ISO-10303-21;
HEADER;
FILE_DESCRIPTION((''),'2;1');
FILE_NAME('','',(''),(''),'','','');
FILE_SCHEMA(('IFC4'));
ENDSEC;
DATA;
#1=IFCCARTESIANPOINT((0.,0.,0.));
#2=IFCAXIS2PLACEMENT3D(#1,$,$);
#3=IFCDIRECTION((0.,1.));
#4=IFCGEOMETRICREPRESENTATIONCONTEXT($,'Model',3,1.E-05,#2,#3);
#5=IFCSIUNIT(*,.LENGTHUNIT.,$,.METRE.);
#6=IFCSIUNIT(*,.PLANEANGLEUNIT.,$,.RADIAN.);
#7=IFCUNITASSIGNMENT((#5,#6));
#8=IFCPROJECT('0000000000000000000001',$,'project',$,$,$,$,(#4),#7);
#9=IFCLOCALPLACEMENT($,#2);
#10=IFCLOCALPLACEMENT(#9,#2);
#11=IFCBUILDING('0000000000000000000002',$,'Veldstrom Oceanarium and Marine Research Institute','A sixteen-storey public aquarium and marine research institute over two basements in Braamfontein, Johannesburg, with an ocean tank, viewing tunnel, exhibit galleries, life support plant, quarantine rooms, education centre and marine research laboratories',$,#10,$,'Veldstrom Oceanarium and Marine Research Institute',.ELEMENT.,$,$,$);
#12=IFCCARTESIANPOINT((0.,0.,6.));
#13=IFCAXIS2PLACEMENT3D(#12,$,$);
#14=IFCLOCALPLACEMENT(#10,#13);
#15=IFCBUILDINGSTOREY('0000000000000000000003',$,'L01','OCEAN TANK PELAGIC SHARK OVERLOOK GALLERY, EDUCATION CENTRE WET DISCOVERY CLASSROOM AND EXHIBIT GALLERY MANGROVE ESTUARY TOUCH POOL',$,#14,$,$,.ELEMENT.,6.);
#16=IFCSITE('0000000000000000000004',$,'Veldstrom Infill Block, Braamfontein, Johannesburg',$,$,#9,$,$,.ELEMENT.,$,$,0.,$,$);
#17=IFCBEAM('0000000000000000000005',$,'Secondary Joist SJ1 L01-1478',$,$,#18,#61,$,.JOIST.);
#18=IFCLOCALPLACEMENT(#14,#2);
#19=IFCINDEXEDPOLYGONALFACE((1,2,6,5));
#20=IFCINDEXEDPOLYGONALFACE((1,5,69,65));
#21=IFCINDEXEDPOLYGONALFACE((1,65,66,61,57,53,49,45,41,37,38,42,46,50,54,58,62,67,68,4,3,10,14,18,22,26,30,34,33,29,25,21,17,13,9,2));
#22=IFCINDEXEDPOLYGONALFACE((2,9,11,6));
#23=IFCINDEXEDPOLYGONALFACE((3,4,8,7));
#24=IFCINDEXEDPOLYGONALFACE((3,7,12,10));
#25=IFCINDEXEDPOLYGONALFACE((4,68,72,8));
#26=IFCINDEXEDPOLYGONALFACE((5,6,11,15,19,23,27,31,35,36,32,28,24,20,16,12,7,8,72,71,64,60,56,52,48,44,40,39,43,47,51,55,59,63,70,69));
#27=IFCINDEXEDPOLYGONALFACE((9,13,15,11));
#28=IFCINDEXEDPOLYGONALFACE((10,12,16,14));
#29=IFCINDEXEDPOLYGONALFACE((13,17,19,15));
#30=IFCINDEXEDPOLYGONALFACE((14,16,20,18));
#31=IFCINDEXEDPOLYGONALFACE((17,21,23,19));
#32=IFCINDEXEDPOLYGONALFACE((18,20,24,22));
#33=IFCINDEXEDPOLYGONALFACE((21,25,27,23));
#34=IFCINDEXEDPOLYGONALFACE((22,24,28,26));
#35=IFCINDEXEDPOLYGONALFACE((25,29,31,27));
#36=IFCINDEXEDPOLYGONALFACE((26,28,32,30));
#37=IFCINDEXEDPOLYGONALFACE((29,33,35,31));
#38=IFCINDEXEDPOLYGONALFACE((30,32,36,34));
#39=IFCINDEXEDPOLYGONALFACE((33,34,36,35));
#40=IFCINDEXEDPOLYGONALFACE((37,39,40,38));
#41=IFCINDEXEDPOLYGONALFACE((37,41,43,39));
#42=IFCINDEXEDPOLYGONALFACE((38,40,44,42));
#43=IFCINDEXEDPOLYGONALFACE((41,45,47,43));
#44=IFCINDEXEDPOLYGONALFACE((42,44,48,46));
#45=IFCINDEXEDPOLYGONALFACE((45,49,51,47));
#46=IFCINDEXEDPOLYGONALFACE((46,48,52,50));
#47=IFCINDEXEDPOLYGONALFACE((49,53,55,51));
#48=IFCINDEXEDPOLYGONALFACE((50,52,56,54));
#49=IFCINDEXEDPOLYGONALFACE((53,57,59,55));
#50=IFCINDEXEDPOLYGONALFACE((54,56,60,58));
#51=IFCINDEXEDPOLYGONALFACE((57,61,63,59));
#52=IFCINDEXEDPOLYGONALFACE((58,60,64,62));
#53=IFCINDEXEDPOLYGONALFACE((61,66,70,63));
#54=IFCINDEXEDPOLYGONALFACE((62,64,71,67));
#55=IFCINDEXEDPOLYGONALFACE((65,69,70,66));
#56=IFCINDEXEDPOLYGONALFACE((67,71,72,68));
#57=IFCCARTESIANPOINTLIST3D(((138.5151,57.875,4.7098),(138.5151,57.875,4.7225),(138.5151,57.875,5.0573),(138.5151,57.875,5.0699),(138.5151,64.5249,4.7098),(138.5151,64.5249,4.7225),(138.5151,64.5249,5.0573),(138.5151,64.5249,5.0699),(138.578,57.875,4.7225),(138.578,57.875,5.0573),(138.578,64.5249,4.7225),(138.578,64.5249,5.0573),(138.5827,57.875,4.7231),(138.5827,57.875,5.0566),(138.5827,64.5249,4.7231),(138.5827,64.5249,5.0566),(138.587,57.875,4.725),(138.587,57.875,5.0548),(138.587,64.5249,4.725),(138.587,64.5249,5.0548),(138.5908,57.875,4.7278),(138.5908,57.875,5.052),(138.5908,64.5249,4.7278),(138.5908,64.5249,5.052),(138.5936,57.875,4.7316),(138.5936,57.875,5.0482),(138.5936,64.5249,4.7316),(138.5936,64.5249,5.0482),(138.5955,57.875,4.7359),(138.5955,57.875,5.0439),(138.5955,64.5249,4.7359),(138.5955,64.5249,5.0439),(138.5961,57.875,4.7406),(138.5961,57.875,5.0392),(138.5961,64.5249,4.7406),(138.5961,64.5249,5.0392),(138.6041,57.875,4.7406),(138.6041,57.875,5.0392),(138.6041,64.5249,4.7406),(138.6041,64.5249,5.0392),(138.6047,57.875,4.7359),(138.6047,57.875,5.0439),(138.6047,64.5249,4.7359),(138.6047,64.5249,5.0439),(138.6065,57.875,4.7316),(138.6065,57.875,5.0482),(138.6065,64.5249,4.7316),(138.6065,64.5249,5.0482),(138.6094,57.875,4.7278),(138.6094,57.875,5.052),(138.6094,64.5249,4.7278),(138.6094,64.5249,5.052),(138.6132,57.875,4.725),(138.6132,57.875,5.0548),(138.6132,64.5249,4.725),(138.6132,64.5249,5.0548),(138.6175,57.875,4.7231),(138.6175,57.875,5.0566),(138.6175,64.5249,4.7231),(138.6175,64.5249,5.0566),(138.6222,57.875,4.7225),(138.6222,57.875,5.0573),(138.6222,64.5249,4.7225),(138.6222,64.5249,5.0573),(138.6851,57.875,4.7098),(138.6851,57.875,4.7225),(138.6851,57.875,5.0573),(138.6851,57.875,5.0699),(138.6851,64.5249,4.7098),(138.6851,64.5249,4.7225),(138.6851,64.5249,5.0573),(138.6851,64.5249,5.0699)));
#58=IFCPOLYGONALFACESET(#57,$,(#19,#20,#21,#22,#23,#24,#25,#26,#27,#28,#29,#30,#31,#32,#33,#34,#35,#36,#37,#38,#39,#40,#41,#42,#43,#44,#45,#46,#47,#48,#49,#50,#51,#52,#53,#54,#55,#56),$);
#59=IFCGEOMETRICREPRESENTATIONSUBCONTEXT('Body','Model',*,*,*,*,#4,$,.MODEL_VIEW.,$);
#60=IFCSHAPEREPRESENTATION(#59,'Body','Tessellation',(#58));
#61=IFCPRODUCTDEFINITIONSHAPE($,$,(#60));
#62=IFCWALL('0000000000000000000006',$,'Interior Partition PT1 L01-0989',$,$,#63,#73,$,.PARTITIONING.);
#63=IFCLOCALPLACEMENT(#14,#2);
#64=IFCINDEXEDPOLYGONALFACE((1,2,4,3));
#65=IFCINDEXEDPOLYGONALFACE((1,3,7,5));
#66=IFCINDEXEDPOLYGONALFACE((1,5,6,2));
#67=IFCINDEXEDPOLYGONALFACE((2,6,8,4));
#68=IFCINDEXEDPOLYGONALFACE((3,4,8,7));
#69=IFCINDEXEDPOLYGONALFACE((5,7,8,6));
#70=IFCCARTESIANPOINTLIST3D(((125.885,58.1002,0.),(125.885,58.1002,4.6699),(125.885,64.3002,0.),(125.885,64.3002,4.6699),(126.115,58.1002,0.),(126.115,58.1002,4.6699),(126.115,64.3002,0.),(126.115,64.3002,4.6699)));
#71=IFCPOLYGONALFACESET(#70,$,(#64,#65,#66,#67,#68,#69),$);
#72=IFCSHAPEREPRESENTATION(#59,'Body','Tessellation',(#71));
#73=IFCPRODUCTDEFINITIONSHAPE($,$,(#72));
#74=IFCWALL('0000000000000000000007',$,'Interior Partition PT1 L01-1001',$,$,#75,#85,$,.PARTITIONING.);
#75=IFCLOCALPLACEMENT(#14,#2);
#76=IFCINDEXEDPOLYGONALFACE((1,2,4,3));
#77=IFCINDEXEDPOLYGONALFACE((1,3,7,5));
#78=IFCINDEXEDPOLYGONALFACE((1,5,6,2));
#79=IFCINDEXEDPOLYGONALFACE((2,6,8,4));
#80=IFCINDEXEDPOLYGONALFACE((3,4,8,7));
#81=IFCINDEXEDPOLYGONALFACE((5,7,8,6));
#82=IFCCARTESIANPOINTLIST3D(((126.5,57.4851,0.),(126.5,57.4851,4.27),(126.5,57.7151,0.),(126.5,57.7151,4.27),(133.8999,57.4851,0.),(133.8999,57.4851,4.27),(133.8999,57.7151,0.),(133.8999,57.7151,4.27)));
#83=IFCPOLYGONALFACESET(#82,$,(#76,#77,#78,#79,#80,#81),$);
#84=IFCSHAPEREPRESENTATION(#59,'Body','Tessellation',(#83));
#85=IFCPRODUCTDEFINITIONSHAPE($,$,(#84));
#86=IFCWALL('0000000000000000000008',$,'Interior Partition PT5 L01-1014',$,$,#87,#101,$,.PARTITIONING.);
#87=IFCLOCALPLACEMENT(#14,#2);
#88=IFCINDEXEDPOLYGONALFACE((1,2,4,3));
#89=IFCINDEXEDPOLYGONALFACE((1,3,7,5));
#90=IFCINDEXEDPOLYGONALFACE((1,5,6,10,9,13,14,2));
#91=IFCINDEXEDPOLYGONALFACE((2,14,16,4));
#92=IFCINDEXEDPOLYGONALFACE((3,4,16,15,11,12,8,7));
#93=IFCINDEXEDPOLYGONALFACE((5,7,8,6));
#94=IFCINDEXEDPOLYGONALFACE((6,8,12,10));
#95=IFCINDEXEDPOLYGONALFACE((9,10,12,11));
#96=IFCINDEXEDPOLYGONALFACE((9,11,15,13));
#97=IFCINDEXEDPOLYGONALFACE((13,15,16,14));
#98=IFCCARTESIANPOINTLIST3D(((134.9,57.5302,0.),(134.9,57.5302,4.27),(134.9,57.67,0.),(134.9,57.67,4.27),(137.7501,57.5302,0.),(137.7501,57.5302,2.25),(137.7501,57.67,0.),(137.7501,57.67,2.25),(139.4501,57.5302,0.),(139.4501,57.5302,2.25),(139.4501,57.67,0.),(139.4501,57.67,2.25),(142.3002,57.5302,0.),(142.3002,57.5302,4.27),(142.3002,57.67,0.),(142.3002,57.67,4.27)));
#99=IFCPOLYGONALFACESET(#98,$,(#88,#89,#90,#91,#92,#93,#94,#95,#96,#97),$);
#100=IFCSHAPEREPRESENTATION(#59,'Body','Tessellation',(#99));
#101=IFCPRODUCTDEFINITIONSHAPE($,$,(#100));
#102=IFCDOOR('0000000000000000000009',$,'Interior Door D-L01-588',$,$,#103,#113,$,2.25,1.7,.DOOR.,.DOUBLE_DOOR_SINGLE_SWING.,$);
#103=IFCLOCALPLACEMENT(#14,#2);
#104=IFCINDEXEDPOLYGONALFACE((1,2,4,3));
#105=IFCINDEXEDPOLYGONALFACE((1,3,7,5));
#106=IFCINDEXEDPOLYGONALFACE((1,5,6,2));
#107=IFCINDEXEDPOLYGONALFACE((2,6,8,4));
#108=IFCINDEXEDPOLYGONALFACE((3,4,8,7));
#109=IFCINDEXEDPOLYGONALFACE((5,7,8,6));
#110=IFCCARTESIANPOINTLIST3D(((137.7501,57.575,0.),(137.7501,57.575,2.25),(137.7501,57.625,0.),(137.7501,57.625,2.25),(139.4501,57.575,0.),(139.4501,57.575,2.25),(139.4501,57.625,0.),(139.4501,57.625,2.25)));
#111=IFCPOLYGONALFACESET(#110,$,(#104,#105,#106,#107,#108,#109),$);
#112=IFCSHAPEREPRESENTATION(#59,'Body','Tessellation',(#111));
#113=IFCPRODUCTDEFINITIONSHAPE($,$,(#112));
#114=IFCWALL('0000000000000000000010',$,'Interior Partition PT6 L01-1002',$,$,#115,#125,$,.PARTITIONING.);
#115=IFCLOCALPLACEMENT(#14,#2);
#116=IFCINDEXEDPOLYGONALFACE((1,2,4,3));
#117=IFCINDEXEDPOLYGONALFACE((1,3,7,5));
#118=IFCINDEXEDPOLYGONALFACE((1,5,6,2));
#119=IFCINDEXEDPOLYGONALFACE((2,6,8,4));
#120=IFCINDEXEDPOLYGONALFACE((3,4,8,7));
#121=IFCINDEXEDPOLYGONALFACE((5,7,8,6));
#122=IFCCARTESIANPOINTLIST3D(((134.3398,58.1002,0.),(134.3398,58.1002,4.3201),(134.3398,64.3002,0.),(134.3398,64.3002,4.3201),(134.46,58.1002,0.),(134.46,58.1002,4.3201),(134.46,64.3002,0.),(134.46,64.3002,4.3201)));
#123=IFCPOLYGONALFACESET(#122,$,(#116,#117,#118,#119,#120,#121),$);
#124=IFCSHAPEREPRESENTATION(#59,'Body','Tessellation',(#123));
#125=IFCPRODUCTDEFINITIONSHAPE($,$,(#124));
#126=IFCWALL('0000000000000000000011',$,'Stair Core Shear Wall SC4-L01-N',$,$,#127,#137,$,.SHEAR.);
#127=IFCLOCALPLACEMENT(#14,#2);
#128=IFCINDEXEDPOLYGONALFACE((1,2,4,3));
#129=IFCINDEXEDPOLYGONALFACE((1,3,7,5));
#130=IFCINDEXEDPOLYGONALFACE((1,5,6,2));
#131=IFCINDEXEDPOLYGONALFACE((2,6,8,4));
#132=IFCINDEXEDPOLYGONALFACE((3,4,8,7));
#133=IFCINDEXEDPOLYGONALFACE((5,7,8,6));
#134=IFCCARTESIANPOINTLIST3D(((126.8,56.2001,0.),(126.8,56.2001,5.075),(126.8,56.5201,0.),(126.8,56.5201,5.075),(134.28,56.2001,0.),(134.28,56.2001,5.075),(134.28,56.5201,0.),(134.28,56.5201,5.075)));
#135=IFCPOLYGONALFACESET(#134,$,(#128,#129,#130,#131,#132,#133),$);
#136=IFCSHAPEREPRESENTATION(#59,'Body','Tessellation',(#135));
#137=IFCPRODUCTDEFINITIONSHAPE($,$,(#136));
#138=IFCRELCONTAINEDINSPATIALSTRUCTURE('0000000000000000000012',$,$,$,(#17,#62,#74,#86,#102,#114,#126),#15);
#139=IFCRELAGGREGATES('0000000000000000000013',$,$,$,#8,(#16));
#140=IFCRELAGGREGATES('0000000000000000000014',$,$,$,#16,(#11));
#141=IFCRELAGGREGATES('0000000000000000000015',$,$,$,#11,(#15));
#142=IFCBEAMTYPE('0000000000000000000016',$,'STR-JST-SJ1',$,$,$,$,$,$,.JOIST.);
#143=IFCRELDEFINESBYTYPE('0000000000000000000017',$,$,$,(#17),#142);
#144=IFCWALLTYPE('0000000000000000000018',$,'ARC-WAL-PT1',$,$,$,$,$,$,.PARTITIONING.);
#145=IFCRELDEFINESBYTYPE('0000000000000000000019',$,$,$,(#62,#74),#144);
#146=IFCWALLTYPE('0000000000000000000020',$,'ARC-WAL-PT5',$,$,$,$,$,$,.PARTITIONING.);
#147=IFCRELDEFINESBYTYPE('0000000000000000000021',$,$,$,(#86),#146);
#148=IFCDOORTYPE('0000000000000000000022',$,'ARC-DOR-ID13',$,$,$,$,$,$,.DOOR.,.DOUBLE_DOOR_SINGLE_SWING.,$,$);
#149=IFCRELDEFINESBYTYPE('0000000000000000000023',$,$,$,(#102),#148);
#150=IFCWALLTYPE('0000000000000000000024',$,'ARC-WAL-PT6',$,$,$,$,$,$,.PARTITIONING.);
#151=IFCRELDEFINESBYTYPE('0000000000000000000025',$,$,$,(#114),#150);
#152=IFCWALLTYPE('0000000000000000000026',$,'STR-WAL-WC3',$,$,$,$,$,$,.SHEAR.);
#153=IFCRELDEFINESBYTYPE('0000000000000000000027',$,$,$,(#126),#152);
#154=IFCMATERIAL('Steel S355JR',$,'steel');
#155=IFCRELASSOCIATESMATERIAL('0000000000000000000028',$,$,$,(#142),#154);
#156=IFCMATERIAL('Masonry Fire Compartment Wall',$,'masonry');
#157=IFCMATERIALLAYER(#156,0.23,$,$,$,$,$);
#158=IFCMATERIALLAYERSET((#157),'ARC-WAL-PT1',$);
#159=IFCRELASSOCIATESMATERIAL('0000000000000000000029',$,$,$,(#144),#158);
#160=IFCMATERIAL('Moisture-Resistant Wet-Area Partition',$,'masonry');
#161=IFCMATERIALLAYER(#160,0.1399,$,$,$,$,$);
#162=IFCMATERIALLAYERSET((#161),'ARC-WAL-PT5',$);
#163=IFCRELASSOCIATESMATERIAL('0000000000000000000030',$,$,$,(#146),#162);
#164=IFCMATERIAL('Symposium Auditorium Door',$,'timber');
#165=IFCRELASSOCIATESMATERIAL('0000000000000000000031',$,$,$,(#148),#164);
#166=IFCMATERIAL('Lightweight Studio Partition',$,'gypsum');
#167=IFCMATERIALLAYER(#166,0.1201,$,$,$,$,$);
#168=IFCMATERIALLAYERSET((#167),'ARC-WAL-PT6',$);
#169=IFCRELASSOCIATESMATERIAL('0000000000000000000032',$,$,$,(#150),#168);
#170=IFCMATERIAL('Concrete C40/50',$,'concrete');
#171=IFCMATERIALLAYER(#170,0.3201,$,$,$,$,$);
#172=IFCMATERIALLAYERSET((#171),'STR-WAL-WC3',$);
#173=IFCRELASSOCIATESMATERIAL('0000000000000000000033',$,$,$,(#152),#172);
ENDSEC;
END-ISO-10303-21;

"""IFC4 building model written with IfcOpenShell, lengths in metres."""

from ifc_helpers import new_model, si_unit, direction, frame, frame_2d, origin, origin_2d, place, context, subcontext, project, spatial, rectangle, i_section, extrude, material, layer, layer_set, material_profile, profile_set, type_object, element, fill, save


model = new_model("IFC4")

# Units and contexts
model_context = context("Model", 3, precision=1e-05, world=origin(), true_north=direction((0.0, 1.0)))
body_context = subcontext(model_context, "Body", "Model", "MODEL_VIEW")
ifc_project = project(units=[si_unit("LENGTHUNIT", "METRE"), si_unit("PLANEANGLEUNIT", "RADIAN")], contexts=[model_context])

# Site, building, storey
site_placement = place(None, origin())
site = spatial("IfcSite", under=ifc_project, at=site_placement, Name="Veldstrom Infill Block, Braamfontein, Johannesburg", CompositionType="ELEMENT", RefElevation=0.0)
building_placement = place(site_placement, origin())
building = spatial("IfcBuilding", under=site, at=building_placement, Name="Veldstrom Oceanarium and Marine Research Institute", Description="A sixteen-storey public aquarium and marine research institute over two basements in Braamfontein, Johannesburg, with an ocean tank, viewing tunnel, exhibit galleries, life support plant, quarantine rooms, education centre and marine research laboratories", LongName="Veldstrom Oceanarium and Marine Research Institute", CompositionType="ELEMENT")
storey_placement = place(building_placement, frame((0.0, 0.0, 6.0)))
storey = spatial("IfcBuildingStorey", under=building, at=storey_placement, Name="L01", Description="OCEAN TANK PELAGIC SHARK OVERLOOK GALLERY, EDUCATION CENTRE WET DISCOVERY CLASSROOM AND EXHIBIT GALLERY MANGROVE ESTUARY TOUCH POOL", CompositionType="ELEMENT", Elevation=6.0)

# Beam
ifc_material_1 = material(Name="Steel S355JR", Category="steel")
ifc_material_profile_1 = material_profile(ifc_material_1, i_section(OverallWidth=0.1699, OverallDepth=0.3601, WebThickness=0.0081, FlangeThickness=0.0127, FilletRadius=0.0181, at=origin_2d()), Name="IPE 360")
ifc_profile_set_1 = profile_set([ifc_material_profile_1], Name="Steel S355JR")
beam_type_1 = type_object("IfcBeamType", Name="STR-JST-SJ1", PredefinedType="JOIST", material=ifc_profile_set_1)
beam_1_placement = place(storey_placement, frame((138.6001, 57.875, 4.8899), z_axis=(0.0, 1.0, 0.0), x_axis=(-1.0, 0.0, 0.0)))
element("IfcBeam", 1, at=beam_1_placement, inside=storey, type_object=beam_type_1, Name="Secondary Joist SJ1 L01-1478", PredefinedType="JOIST", context=body_context, shape_type="SweptSolid", body=[
    extrude(i_section(OverallWidth=0.1699, OverallDepth=0.3601, WebThickness=0.0081, FlangeThickness=0.0127, FilletRadius=0.0181, at=origin_2d()), origin(), (0.0, 0.0, 1.0), 6.6499),
])

# Walls
ifc_material_2 = material(Name="Masonry Fire Compartment Wall", Category="masonry")
ifc_layer_1 = layer(ifc_material_2, 0.23)
ifc_layer_set_1 = layer_set([ifc_layer_1], Name="ARC-WAL-PT1")
wall_type_1 = type_object("IfcWallType", Name="ARC-WAL-PT1", PredefinedType="PARTITIONING", material=ifc_layer_set_1)
wall_1_placement = place(storey_placement, frame((126.0, 58.1001, 0.0), z_axis=(0.0, 0.0, 1.0), x_axis=(0.0, 1.0, 0.0)))
element("IfcWall", 2, at=wall_1_placement, inside=storey, type_object=wall_type_1, Name="Interior Partition PT1 L01-0989", PredefinedType="PARTITIONING", context=body_context, shape_type="SweptSolid", body=[
    extrude(rectangle(XDim=6.2, YDim=0.23, at=frame_2d((3.1001, 0.0))), origin(), (0.0, 0.0, 1.0), 4.6699),
])
wall_2_placement = place(storey_placement, frame((126.5, 57.6001, 0.0), z_axis=(0.0, 0.0, 1.0), x_axis=(1.0, 0.0, 0.0)))
element("IfcWall", 3, at=wall_2_placement, inside=storey, type_object=wall_type_1, Name="Interior Partition PT1 L01-1001", PredefinedType="PARTITIONING", context=body_context, shape_type="SweptSolid", body=[
    extrude(rectangle(XDim=7.3999, YDim=0.23, at=frame_2d((3.7, 0.0))), origin(), (0.0, 0.0, 1.0), 4.27),
])

# Wall, opening, door
ifc_material_3 = material(Name="Moisture-Resistant Wet-Area Partition", Category="masonry")
ifc_layer_2 = layer(ifc_material_3, 0.1399)
ifc_layer_set_2 = layer_set([ifc_layer_2], Name="ARC-WAL-PT5")
wall_type_2 = type_object("IfcWallType", Name="ARC-WAL-PT5", PredefinedType="PARTITIONING", material=ifc_layer_set_2)
wall_3_placement = place(storey_placement, frame((134.8999, 57.6001, 0.0), z_axis=(0.0, 0.0, 1.0), x_axis=(1.0, 0.0, 0.0)))
wall_3 = element("IfcWall", 4, at=wall_3_placement, inside=storey, type_object=wall_type_2, Name="Interior Partition PT5 L01-1014", PredefinedType="PARTITIONING", context=body_context, shape_type="SweptSolid", body=[
    extrude(rectangle(XDim=7.4001, YDim=0.1399, at=frame_2d((3.7002, 0.0))), origin(), (0.0, 0.0, 1.0), 4.27),
])
opening_placement = place(wall_3_placement, frame((2.8501, 0.0, 0.0)))
opening = element("IfcOpeningElement", 5, at=opening_placement, cuts=wall_3, PredefinedType="OPENING", context=body_context, shape_type="SweptSolid", body=[
    extrude(rectangle(XDim=1.7, YDim=2.25, at=frame_2d((0.8501, 1.125))), frame((0.0, 0.0798, 0.0), z_axis=(0.0, -1.0, 0.0), x_axis=(1.0, 0.0, 0.0)), (0.0, 0.0, 1.0), 0.1599),
])
ifc_material_4 = material(Name="Symposium Auditorium Door", Category="timber")
door_type = type_object("IfcDoorType", Name="ARC-DOR-ID13", OperationType="DOUBLE_DOOR_SINGLE_SWING", PredefinedType="DOOR", material=ifc_material_4)
door_placement = place(opening_placement, origin())
door = element("IfcDoor", 6, at=door_placement, inside=storey, type_object=door_type, Name="Interior Door D-L01-588", OperationType="DOUBLE_DOOR_SINGLE_SWING", OverallHeight=2.25, OverallWidth=1.7, PredefinedType="DOOR", context=body_context, shape_type="SweptSolid", body=[
    extrude(rectangle(XDim=1.7, YDim=2.25, at=frame_2d((0.8501, 1.125))), frame((0.0, 0.0249, 0.0), z_axis=(0.0, -1.0, 0.0), x_axis=(1.0, 0.0, 0.0)), (0.0, 0.0, 1.0), 0.05),
])
fill(opening, door)

# Walls
ifc_material_5 = material(Name="Lightweight Studio Partition", Category="gypsum")
ifc_layer_3 = layer(ifc_material_5, 0.1201)
ifc_layer_set_3 = layer_set([ifc_layer_3], Name="ARC-WAL-PT6")
wall_type_3 = type_object("IfcWallType", Name="ARC-WAL-PT6", PredefinedType="PARTITIONING", material=ifc_layer_set_3)
wall_4_placement = place(storey_placement, frame((134.3999, 58.1001, 0.0), z_axis=(0.0, 0.0, 1.0), x_axis=(0.0, 1.0, 0.0)))
element("IfcWall", 7, at=wall_4_placement, inside=storey, type_object=wall_type_3, Name="Interior Partition PT6 L01-1002", PredefinedType="PARTITIONING", context=body_context, shape_type="SweptSolid", body=[
    extrude(rectangle(XDim=6.2, YDim=0.1201, at=frame_2d((3.1001, 0.0))), origin(), (0.0, 0.0, 1.0), 4.3201),
])
ifc_material_6 = material(Name="Concrete C40/50", Category="concrete")
ifc_layer_4 = layer(ifc_material_6, 0.3201)
ifc_layer_set_4 = layer_set([ifc_layer_4], Name="STR-WAL-WC3")
wall_type_4 = type_object("IfcWallType", Name="STR-WAL-WC3", PredefinedType="SHEAR", material=ifc_layer_set_4)
wall_5_placement = place(storey_placement, frame((126.8, 56.3601, 0.0), z_axis=(0.0, 0.0, 1.0), x_axis=(1.0, 0.0, 0.0)))
element("IfcWall", 8, at=wall_5_placement, inside=storey, type_object=wall_type_4, Name="Stair Core Shear Wall SC4-L01-N", PredefinedType="SHEAR", context=body_context, shape_type="SweptSolid", body=[
    extrude(rectangle(XDim=7.48, YDim=0.3201, at=frame_2d((3.74, 0.0))), origin(), (0.0, 0.0, 1.0), 5.075),
])

save(model, "model.ifc")
